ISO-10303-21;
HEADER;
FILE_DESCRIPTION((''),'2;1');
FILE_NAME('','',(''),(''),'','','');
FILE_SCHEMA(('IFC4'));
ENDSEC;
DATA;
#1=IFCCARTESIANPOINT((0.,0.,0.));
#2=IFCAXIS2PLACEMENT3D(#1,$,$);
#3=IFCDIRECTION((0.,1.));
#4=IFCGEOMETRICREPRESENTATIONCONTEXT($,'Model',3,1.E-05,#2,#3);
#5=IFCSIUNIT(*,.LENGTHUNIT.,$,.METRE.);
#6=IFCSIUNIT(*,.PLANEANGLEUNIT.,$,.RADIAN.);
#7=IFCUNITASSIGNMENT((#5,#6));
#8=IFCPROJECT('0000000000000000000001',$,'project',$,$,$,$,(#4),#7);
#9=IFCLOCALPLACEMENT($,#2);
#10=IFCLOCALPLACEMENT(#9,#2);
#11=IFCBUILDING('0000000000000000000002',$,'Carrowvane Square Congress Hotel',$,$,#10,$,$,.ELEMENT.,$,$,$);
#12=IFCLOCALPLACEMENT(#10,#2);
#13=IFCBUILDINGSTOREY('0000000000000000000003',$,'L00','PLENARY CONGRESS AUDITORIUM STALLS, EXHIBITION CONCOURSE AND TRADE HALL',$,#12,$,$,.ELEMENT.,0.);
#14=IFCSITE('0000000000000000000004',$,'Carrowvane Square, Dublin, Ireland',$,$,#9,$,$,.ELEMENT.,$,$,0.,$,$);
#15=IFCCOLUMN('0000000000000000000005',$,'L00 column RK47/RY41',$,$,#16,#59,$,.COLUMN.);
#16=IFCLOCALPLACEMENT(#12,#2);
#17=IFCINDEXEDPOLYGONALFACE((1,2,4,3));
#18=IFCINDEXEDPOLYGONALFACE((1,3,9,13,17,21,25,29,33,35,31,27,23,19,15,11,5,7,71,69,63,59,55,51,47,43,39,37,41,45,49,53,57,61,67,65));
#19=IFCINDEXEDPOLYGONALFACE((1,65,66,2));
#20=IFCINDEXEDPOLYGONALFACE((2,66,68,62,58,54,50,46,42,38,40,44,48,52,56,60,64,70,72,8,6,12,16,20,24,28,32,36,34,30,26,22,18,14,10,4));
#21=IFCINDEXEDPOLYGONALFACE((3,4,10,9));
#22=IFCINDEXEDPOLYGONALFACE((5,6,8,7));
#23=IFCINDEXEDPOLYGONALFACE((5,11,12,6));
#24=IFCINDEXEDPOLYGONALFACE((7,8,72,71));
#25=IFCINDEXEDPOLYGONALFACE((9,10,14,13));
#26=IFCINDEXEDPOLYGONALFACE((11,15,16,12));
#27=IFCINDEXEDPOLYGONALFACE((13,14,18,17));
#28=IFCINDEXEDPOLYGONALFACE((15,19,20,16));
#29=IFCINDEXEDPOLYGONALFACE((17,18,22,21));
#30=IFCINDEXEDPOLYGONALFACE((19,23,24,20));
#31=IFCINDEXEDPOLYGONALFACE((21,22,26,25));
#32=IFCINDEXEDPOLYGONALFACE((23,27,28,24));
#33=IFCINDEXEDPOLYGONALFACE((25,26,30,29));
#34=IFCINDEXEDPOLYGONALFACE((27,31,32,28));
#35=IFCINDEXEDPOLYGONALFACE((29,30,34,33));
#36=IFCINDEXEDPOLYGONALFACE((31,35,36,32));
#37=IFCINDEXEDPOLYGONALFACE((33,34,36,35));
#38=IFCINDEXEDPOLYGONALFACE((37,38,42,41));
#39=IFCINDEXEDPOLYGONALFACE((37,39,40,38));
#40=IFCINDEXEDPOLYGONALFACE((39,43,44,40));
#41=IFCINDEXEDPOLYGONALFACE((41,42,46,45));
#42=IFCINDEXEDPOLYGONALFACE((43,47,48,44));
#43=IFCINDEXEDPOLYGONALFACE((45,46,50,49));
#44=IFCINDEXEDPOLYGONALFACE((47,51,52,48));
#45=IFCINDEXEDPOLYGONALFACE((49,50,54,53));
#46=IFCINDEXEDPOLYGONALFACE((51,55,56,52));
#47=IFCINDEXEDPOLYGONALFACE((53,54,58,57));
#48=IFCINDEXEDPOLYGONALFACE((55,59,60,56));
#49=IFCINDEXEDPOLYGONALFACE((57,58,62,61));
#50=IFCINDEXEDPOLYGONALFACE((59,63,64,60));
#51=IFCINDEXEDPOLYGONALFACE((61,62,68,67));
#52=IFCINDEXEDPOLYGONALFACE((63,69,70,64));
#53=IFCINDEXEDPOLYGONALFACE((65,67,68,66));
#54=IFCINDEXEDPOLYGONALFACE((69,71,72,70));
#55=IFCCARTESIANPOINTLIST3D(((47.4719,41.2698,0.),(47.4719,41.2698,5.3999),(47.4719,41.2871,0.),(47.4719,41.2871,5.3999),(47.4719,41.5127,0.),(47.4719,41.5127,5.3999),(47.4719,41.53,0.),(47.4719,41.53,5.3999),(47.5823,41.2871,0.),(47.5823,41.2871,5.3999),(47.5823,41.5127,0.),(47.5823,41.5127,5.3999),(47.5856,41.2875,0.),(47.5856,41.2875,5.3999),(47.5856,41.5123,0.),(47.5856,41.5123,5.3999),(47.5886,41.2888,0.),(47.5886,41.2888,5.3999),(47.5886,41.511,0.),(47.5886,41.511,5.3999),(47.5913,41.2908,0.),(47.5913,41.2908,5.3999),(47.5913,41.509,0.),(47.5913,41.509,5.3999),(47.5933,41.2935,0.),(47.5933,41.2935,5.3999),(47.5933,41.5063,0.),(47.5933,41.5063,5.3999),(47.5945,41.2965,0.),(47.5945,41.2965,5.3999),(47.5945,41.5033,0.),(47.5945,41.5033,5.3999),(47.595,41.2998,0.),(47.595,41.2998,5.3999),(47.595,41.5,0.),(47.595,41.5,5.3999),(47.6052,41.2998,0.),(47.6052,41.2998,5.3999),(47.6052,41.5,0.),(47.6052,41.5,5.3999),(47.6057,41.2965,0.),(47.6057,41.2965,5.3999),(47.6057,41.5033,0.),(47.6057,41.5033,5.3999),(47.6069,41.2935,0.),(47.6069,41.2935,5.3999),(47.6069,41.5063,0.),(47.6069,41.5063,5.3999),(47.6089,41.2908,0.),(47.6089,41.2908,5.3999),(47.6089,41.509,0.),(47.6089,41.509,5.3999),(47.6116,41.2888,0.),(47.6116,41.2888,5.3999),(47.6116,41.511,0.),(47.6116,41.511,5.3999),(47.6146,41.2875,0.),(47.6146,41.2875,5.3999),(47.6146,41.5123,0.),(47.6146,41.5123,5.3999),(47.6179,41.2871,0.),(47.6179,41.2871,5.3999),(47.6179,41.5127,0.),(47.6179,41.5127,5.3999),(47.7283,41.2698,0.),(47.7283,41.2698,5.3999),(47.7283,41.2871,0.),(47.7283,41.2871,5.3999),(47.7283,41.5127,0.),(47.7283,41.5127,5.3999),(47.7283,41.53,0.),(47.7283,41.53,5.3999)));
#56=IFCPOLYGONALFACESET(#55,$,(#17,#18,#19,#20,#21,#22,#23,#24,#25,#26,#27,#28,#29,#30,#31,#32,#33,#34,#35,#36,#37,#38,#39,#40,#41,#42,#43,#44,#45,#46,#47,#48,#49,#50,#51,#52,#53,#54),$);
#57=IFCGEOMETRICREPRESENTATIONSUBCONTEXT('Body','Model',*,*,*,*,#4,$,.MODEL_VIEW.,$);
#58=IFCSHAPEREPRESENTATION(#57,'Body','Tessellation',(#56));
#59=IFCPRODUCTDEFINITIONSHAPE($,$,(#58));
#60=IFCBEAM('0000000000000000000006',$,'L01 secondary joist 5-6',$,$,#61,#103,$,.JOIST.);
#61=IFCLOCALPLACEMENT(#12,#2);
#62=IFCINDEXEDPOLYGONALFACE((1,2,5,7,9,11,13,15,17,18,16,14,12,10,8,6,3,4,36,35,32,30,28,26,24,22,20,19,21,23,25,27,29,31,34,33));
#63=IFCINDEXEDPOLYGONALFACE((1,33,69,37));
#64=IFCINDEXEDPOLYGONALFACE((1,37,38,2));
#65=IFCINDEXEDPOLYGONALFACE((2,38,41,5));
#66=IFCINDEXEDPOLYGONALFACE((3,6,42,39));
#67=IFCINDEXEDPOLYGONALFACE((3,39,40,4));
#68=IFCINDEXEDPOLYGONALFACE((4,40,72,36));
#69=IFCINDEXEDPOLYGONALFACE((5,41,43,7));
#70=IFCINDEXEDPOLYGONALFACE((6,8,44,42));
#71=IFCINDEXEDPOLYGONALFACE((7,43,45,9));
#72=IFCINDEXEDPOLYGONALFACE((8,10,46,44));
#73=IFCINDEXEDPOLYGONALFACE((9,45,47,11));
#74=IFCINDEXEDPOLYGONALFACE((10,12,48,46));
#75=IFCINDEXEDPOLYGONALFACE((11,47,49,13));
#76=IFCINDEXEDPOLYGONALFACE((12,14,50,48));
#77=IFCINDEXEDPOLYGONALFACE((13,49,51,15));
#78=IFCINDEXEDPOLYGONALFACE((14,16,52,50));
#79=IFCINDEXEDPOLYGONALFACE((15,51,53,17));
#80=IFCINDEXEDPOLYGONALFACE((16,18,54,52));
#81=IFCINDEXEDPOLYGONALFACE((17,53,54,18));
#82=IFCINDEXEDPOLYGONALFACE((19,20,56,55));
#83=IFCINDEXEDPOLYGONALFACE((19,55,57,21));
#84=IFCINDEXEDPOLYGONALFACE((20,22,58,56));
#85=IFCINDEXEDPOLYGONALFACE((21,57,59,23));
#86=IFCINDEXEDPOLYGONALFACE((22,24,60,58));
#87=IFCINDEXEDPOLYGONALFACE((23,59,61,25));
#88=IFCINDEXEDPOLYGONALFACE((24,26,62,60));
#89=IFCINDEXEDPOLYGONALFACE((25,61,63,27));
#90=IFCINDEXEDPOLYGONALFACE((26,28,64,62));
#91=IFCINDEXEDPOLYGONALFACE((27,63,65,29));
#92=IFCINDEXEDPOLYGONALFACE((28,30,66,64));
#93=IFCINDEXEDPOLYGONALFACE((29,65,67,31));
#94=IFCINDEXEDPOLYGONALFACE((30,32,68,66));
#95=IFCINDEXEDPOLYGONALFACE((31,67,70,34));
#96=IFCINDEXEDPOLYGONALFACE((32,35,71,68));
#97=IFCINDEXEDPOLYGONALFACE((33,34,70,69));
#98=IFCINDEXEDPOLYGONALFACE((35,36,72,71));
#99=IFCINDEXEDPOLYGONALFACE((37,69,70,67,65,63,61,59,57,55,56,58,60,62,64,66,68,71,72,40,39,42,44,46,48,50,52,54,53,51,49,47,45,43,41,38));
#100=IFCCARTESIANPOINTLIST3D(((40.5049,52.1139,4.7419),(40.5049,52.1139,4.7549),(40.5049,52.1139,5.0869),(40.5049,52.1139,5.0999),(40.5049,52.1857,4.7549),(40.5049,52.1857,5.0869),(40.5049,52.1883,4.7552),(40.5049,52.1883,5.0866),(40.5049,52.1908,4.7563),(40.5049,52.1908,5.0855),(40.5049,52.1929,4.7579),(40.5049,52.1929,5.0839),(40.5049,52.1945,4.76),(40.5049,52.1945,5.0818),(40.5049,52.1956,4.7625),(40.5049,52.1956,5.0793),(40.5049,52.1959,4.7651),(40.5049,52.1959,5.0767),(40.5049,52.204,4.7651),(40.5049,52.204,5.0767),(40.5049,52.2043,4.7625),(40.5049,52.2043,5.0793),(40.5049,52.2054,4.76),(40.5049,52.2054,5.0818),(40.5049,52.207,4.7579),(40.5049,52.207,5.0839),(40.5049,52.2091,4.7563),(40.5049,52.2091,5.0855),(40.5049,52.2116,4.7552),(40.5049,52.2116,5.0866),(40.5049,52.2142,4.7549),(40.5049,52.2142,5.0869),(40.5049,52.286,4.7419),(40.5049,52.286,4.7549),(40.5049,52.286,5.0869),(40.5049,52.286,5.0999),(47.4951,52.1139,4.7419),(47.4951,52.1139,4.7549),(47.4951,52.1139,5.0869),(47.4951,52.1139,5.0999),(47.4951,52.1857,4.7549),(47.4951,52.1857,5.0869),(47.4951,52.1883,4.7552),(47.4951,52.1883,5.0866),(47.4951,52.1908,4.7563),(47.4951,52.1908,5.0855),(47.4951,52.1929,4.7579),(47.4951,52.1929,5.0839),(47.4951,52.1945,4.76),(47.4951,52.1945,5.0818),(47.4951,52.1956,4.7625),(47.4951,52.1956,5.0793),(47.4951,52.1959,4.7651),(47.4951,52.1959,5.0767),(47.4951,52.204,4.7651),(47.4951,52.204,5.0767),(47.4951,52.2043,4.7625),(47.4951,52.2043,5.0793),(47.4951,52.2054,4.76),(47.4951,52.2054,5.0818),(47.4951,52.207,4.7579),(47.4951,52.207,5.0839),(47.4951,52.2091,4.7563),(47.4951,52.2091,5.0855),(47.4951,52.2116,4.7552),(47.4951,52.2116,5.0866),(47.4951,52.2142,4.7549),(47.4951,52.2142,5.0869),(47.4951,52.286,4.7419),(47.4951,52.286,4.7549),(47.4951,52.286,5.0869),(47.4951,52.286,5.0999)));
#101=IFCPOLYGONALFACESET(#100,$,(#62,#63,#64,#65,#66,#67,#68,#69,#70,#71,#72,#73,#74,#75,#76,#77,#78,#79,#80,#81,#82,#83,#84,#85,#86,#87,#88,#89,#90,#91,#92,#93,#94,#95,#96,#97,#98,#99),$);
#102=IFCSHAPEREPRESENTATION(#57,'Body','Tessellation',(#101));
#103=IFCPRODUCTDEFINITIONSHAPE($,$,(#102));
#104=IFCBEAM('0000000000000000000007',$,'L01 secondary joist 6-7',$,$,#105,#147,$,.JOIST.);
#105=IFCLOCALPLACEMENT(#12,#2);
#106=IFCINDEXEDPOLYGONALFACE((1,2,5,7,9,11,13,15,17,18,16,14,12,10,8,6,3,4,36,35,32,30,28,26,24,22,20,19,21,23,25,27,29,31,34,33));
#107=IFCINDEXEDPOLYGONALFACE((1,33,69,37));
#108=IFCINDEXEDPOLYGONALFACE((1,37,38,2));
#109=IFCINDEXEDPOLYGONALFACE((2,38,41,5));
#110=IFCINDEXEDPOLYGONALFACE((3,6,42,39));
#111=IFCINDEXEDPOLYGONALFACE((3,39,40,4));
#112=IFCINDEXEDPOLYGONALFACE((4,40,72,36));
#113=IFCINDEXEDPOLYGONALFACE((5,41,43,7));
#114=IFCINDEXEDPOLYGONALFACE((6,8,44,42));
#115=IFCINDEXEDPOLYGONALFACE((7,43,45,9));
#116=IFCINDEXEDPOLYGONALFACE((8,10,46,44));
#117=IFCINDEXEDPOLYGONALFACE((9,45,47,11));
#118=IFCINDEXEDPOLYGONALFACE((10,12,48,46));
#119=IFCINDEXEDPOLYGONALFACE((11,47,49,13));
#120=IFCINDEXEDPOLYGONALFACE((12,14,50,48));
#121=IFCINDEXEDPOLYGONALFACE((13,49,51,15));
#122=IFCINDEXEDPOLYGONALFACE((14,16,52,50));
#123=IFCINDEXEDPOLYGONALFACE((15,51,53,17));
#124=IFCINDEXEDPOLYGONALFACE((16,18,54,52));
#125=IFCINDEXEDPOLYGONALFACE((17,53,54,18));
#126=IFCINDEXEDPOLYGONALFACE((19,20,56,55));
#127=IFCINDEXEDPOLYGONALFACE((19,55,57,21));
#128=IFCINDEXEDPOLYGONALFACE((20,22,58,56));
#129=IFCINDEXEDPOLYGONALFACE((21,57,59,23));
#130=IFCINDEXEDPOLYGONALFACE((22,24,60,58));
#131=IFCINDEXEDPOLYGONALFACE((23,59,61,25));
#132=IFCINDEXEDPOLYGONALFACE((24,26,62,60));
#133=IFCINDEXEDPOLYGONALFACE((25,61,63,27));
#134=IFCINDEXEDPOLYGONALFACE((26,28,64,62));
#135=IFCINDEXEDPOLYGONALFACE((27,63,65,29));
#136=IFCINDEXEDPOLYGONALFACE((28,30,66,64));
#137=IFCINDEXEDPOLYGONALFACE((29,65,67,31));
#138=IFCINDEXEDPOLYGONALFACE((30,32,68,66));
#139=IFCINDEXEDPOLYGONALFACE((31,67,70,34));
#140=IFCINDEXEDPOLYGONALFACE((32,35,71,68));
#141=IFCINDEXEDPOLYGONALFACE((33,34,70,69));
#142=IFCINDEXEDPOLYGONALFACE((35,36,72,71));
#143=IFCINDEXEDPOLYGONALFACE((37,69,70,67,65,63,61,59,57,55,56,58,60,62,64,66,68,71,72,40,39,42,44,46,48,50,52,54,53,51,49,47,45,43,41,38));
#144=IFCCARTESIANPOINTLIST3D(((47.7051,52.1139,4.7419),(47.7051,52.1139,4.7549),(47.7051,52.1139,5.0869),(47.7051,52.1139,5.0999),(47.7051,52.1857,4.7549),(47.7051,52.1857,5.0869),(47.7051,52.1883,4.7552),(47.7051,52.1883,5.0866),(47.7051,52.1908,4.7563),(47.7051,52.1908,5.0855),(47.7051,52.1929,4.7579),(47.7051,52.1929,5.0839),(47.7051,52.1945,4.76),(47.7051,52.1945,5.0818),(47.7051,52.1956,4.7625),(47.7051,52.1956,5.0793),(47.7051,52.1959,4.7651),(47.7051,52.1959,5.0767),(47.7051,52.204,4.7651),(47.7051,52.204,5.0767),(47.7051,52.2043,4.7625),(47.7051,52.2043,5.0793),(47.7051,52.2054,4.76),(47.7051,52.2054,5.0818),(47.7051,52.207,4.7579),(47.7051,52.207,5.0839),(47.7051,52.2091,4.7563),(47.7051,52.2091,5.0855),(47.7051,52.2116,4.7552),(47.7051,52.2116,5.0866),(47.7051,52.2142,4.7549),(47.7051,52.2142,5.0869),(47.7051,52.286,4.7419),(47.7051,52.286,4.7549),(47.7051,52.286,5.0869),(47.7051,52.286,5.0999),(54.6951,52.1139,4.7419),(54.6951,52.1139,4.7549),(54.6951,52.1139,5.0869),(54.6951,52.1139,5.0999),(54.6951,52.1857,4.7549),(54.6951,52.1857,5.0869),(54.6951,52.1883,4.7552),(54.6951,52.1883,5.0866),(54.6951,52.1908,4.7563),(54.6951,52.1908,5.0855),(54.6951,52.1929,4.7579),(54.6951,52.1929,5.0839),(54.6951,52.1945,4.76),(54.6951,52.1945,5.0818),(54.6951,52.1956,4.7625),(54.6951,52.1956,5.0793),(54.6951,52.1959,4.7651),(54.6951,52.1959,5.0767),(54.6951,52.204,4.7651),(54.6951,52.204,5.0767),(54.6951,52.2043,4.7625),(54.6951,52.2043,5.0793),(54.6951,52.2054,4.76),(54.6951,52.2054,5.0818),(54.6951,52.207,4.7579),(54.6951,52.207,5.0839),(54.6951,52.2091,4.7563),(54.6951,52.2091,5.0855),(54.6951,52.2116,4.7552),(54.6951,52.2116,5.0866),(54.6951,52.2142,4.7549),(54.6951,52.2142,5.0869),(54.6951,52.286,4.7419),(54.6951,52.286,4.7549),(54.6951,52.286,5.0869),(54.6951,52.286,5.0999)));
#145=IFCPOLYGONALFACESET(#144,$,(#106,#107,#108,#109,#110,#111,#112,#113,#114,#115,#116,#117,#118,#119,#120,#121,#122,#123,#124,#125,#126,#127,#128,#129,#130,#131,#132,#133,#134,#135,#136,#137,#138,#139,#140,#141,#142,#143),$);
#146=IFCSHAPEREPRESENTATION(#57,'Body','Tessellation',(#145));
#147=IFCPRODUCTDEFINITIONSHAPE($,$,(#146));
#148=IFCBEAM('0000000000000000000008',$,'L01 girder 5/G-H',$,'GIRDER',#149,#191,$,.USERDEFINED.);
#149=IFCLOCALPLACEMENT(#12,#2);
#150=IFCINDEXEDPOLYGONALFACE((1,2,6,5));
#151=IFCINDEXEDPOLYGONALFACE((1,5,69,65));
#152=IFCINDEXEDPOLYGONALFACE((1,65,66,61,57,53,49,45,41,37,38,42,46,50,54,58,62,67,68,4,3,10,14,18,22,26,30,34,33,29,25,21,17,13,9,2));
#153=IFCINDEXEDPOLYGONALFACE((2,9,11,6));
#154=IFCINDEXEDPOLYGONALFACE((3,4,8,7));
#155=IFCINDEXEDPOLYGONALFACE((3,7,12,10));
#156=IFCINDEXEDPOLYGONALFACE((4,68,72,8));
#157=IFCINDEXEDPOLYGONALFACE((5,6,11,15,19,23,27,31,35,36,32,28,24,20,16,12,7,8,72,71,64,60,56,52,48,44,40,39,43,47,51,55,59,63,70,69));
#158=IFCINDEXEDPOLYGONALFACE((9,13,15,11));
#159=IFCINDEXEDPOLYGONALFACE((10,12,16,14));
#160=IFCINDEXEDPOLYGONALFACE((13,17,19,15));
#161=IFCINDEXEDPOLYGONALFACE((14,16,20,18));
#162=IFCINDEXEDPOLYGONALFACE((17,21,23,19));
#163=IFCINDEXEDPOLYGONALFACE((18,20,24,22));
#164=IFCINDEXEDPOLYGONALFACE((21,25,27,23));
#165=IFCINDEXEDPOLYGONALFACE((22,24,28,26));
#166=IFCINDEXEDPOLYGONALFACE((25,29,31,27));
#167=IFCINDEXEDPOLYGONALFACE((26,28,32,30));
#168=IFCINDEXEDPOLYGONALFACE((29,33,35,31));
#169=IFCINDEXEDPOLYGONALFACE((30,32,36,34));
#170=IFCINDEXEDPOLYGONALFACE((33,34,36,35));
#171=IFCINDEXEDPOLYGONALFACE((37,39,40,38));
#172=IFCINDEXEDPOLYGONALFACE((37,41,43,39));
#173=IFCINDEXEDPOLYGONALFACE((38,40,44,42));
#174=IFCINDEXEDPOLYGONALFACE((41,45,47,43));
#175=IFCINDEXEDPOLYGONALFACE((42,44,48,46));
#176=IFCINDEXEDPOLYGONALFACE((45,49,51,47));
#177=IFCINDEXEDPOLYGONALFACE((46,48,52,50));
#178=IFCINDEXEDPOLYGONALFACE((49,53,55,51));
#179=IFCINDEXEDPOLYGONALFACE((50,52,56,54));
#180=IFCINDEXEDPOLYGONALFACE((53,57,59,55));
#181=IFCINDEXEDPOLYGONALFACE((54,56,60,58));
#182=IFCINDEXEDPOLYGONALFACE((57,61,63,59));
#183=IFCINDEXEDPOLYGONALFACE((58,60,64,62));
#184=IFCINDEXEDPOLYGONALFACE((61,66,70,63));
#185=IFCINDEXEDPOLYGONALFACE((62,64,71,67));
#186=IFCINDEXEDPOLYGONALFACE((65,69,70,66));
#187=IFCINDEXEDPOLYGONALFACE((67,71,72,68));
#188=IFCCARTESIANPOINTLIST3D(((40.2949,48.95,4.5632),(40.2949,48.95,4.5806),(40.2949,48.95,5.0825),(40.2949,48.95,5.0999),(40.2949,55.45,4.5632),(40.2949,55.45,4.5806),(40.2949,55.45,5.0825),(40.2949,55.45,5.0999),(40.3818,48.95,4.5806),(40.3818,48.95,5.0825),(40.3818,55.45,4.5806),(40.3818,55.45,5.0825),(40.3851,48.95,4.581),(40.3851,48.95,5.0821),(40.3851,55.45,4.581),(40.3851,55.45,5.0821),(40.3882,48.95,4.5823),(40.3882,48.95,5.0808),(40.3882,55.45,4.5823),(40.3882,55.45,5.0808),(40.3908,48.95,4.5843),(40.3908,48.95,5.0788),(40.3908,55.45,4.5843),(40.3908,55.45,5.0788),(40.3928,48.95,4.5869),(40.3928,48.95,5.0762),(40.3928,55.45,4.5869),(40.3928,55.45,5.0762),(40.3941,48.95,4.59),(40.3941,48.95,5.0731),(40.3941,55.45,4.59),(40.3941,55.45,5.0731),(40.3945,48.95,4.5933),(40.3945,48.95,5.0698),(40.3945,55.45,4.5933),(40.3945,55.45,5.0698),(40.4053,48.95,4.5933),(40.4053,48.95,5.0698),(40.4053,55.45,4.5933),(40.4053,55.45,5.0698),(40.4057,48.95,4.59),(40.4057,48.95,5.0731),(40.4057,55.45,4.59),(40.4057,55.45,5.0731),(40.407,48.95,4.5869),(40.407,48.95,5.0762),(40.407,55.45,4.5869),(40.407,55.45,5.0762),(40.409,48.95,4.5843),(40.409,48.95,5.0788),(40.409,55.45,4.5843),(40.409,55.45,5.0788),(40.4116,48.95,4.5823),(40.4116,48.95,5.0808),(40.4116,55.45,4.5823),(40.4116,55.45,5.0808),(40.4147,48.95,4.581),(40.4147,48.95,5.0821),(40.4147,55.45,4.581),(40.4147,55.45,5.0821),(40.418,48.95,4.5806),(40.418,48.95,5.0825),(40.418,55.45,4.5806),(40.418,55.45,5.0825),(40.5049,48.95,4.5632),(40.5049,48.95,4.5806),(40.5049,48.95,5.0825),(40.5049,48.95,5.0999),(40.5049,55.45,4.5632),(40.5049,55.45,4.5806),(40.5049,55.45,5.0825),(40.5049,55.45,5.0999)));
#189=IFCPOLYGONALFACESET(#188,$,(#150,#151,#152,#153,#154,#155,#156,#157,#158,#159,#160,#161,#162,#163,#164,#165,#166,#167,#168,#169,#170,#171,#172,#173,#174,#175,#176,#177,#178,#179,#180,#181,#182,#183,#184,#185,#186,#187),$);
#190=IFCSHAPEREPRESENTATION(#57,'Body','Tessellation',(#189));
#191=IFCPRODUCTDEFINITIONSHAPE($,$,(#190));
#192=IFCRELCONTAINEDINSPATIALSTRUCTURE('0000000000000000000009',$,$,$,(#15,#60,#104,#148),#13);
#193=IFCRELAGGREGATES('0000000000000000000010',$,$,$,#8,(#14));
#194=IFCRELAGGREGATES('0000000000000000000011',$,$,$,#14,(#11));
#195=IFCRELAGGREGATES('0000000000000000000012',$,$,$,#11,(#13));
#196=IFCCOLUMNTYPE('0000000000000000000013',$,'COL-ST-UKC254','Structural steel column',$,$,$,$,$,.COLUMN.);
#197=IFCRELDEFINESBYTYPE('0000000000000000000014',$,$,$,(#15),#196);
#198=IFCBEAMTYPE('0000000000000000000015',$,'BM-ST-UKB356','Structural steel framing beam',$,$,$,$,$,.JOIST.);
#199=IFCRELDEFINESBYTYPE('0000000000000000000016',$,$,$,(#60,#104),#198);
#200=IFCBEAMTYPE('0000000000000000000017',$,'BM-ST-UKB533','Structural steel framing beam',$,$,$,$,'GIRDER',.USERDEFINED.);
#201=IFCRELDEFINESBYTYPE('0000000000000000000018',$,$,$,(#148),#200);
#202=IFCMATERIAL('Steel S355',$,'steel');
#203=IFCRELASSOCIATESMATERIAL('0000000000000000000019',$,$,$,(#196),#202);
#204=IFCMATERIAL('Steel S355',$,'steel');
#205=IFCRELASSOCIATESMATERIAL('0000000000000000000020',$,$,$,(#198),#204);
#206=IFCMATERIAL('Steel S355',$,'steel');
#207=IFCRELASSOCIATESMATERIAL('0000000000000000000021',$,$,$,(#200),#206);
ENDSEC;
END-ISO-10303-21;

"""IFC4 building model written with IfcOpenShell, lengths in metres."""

from ifc_helpers import new_model, si_unit, direction, frame, origin, origin_2d, place, context, subcontext, project, spatial, i_section, extrude, material, material_profile, profile_set, type_object, element, save


model = new_model("IFC4")

# Units and contexts
model_context = context("Model", 3, precision=1e-05, world=origin(), true_north=direction((0.0, 1.0)))
body_context = subcontext(model_context, "Body", "Model", "MODEL_VIEW")
ifc_project = project(units=[si_unit("LENGTHUNIT", "METRE"), si_unit("PLANEANGLEUNIT", "RADIAN")], contexts=[model_context])

# Site, building, storey
site_placement = place(None, origin())
site = spatial("IfcSite", under=ifc_project, at=site_placement, Name="Carrowvane Square, Dublin, Ireland", CompositionType="ELEMENT", RefElevation=0.0)
building_placement = place(site_placement, origin())
building = spatial("IfcBuilding", under=site, at=building_placement, Name="Carrowvane Square Congress Hotel", CompositionType="ELEMENT")
storey_placement = place(building_placement, origin())
storey = spatial("IfcBuildingStorey", under=building, at=storey_placement, Name="L00", Description="PLENARY CONGRESS AUDITORIUM STALLS, EXHIBITION CONCOURSE AND TRADE HALL", CompositionType="ELEMENT", Elevation=0.0)

# Column
ifc_material_1 = material(Name="Steel S355", Category="steel")
ifc_material_profile_1 = material_profile(ifc_material_1, i_section(OverallWidth=0.2563, OverallDepth=0.2603, WebThickness=0.0103, FlangeThickness=0.0173, FilletRadius=0.0127, at=origin_2d()), Name="UKC 254x254x89")
ifc_profile_set_1 = profile_set([ifc_material_profile_1], Name="Steel S355")
column_type_1 = type_object("IfcColumnType", Name="COL-ST-UKC254", Description="Structural steel column", PredefinedType="COLUMN", material=ifc_profile_set_1)
for number, where, z_axis, x_axis, name in (
    (1, (47.6001, 41.3999, 0.0), (0.0, 0.0, 1.0), (1.0, 0.0, 0.0), "L00 column RK47/RY41"),
):
    element("IfcColumn", number, at=place(storey_placement, frame(where, z_axis=z_axis, x_axis=x_axis)), inside=storey, type_object=column_type_1, Name=name, PredefinedType="COLUMN", context=body_context, shape_type="SweptSolid", body=[
        extrude(i_section(OverallWidth=0.2563, OverallDepth=0.2603, WebThickness=0.0103, FlangeThickness=0.0173, FilletRadius=0.0127, at=origin_2d()), origin(), (0.0, 0.0, 1.0), 5.3999),
    ])

# Beams
ifc_material_2 = material(Name="Steel S355", Category="steel")
ifc_material_profile_2 = material_profile(ifc_material_2, i_section(OverallWidth=0.1721, OverallDepth=0.3579, WebThickness=0.0081, FlangeThickness=0.0129, FilletRadius=0.0103, at=origin_2d()), Name="UKB 356x171x57")
ifc_profile_set_2 = profile_set([ifc_material_profile_2], Name="Steel S355")
beam_type_1 = type_object("IfcBeamType", Name="BM-ST-UKB356", Description="Structural steel framing beam", PredefinedType="JOIST", material=ifc_profile_set_2)
beam_1_placement = place(storey_placement, frame((40.5049, 52.2, 4.9209), z_axis=(1.0, 0.0, 0.0), x_axis=(0.0, 1.0, 0.0)))
element("IfcBeam", 2, at=beam_1_placement, inside=storey, type_object=beam_type_1, Name="L01 secondary joist 5-6", PredefinedType="JOIST", context=body_context, shape_type="SweptSolid", body=[
    extrude(i_section(OverallWidth=0.1721, OverallDepth=0.3579, WebThickness=0.0081, FlangeThickness=0.0129, FilletRadius=0.0103, at=origin_2d()), origin(), (0.0, 0.0, 1.0), 6.9902),
])
beam_2_placement = place(storey_placement, frame((47.7051, 52.2, 4.9209), z_axis=(1.0, 0.0, 0.0), x_axis=(0.0, 1.0, 0.0)))
element("IfcBeam", 3, at=beam_2_placement, inside=storey, type_object=beam_type_1, Name="L01 secondary joist 6-7", PredefinedType="JOIST", context=body_context, shape_type="SweptSolid", body=[
    extrude(i_section(OverallWidth=0.1721, OverallDepth=0.3579, WebThickness=0.0081, FlangeThickness=0.0129, FilletRadius=0.0103, at=origin_2d()), origin(), (0.0, 0.0, 1.0), 6.99),
])
ifc_material_3 = material(Name="Steel S355", Category="steel")
ifc_material_profile_3 = material_profile(ifc_material_3, i_section(OverallWidth=0.21, OverallDepth=0.5366, WebThickness=0.0107, FlangeThickness=0.0173, FilletRadius=0.0127, at=origin_2d()), Name="UKB 533x210x101")
ifc_profile_set_3 = profile_set([ifc_material_profile_3], Name="Steel S355")
beam_type_2 = type_object("IfcBeamType", Name="BM-ST-UKB533", Description="Structural steel framing beam", ElementType="GIRDER", PredefinedType="USERDEFINED", material=ifc_profile_set_3)
for number, where, z_axis, x_axis, name in (
    (4, (40.3999, 48.95, 4.8315), (0.0, 1.0, 0.0), (-1.0, 0.0, 0.0), "L01 girder 5/G-H"),
):
    element("IfcBeam", number, at=place(storey_placement, frame(where, z_axis=z_axis, x_axis=x_axis)), inside=storey, type_object=beam_type_2, Name=name, ObjectType="GIRDER", PredefinedType="USERDEFINED", context=body_context, shape_type="SweptSolid", body=[
        extrude(i_section(OverallWidth=0.21, OverallDepth=0.5366, WebThickness=0.0107, FlangeThickness=0.0173, FilletRadius=0.0127, at=origin_2d()), origin(), (0.0, 0.0, 1.0), 6.5),
    ])

save(model, "model.ifc")
